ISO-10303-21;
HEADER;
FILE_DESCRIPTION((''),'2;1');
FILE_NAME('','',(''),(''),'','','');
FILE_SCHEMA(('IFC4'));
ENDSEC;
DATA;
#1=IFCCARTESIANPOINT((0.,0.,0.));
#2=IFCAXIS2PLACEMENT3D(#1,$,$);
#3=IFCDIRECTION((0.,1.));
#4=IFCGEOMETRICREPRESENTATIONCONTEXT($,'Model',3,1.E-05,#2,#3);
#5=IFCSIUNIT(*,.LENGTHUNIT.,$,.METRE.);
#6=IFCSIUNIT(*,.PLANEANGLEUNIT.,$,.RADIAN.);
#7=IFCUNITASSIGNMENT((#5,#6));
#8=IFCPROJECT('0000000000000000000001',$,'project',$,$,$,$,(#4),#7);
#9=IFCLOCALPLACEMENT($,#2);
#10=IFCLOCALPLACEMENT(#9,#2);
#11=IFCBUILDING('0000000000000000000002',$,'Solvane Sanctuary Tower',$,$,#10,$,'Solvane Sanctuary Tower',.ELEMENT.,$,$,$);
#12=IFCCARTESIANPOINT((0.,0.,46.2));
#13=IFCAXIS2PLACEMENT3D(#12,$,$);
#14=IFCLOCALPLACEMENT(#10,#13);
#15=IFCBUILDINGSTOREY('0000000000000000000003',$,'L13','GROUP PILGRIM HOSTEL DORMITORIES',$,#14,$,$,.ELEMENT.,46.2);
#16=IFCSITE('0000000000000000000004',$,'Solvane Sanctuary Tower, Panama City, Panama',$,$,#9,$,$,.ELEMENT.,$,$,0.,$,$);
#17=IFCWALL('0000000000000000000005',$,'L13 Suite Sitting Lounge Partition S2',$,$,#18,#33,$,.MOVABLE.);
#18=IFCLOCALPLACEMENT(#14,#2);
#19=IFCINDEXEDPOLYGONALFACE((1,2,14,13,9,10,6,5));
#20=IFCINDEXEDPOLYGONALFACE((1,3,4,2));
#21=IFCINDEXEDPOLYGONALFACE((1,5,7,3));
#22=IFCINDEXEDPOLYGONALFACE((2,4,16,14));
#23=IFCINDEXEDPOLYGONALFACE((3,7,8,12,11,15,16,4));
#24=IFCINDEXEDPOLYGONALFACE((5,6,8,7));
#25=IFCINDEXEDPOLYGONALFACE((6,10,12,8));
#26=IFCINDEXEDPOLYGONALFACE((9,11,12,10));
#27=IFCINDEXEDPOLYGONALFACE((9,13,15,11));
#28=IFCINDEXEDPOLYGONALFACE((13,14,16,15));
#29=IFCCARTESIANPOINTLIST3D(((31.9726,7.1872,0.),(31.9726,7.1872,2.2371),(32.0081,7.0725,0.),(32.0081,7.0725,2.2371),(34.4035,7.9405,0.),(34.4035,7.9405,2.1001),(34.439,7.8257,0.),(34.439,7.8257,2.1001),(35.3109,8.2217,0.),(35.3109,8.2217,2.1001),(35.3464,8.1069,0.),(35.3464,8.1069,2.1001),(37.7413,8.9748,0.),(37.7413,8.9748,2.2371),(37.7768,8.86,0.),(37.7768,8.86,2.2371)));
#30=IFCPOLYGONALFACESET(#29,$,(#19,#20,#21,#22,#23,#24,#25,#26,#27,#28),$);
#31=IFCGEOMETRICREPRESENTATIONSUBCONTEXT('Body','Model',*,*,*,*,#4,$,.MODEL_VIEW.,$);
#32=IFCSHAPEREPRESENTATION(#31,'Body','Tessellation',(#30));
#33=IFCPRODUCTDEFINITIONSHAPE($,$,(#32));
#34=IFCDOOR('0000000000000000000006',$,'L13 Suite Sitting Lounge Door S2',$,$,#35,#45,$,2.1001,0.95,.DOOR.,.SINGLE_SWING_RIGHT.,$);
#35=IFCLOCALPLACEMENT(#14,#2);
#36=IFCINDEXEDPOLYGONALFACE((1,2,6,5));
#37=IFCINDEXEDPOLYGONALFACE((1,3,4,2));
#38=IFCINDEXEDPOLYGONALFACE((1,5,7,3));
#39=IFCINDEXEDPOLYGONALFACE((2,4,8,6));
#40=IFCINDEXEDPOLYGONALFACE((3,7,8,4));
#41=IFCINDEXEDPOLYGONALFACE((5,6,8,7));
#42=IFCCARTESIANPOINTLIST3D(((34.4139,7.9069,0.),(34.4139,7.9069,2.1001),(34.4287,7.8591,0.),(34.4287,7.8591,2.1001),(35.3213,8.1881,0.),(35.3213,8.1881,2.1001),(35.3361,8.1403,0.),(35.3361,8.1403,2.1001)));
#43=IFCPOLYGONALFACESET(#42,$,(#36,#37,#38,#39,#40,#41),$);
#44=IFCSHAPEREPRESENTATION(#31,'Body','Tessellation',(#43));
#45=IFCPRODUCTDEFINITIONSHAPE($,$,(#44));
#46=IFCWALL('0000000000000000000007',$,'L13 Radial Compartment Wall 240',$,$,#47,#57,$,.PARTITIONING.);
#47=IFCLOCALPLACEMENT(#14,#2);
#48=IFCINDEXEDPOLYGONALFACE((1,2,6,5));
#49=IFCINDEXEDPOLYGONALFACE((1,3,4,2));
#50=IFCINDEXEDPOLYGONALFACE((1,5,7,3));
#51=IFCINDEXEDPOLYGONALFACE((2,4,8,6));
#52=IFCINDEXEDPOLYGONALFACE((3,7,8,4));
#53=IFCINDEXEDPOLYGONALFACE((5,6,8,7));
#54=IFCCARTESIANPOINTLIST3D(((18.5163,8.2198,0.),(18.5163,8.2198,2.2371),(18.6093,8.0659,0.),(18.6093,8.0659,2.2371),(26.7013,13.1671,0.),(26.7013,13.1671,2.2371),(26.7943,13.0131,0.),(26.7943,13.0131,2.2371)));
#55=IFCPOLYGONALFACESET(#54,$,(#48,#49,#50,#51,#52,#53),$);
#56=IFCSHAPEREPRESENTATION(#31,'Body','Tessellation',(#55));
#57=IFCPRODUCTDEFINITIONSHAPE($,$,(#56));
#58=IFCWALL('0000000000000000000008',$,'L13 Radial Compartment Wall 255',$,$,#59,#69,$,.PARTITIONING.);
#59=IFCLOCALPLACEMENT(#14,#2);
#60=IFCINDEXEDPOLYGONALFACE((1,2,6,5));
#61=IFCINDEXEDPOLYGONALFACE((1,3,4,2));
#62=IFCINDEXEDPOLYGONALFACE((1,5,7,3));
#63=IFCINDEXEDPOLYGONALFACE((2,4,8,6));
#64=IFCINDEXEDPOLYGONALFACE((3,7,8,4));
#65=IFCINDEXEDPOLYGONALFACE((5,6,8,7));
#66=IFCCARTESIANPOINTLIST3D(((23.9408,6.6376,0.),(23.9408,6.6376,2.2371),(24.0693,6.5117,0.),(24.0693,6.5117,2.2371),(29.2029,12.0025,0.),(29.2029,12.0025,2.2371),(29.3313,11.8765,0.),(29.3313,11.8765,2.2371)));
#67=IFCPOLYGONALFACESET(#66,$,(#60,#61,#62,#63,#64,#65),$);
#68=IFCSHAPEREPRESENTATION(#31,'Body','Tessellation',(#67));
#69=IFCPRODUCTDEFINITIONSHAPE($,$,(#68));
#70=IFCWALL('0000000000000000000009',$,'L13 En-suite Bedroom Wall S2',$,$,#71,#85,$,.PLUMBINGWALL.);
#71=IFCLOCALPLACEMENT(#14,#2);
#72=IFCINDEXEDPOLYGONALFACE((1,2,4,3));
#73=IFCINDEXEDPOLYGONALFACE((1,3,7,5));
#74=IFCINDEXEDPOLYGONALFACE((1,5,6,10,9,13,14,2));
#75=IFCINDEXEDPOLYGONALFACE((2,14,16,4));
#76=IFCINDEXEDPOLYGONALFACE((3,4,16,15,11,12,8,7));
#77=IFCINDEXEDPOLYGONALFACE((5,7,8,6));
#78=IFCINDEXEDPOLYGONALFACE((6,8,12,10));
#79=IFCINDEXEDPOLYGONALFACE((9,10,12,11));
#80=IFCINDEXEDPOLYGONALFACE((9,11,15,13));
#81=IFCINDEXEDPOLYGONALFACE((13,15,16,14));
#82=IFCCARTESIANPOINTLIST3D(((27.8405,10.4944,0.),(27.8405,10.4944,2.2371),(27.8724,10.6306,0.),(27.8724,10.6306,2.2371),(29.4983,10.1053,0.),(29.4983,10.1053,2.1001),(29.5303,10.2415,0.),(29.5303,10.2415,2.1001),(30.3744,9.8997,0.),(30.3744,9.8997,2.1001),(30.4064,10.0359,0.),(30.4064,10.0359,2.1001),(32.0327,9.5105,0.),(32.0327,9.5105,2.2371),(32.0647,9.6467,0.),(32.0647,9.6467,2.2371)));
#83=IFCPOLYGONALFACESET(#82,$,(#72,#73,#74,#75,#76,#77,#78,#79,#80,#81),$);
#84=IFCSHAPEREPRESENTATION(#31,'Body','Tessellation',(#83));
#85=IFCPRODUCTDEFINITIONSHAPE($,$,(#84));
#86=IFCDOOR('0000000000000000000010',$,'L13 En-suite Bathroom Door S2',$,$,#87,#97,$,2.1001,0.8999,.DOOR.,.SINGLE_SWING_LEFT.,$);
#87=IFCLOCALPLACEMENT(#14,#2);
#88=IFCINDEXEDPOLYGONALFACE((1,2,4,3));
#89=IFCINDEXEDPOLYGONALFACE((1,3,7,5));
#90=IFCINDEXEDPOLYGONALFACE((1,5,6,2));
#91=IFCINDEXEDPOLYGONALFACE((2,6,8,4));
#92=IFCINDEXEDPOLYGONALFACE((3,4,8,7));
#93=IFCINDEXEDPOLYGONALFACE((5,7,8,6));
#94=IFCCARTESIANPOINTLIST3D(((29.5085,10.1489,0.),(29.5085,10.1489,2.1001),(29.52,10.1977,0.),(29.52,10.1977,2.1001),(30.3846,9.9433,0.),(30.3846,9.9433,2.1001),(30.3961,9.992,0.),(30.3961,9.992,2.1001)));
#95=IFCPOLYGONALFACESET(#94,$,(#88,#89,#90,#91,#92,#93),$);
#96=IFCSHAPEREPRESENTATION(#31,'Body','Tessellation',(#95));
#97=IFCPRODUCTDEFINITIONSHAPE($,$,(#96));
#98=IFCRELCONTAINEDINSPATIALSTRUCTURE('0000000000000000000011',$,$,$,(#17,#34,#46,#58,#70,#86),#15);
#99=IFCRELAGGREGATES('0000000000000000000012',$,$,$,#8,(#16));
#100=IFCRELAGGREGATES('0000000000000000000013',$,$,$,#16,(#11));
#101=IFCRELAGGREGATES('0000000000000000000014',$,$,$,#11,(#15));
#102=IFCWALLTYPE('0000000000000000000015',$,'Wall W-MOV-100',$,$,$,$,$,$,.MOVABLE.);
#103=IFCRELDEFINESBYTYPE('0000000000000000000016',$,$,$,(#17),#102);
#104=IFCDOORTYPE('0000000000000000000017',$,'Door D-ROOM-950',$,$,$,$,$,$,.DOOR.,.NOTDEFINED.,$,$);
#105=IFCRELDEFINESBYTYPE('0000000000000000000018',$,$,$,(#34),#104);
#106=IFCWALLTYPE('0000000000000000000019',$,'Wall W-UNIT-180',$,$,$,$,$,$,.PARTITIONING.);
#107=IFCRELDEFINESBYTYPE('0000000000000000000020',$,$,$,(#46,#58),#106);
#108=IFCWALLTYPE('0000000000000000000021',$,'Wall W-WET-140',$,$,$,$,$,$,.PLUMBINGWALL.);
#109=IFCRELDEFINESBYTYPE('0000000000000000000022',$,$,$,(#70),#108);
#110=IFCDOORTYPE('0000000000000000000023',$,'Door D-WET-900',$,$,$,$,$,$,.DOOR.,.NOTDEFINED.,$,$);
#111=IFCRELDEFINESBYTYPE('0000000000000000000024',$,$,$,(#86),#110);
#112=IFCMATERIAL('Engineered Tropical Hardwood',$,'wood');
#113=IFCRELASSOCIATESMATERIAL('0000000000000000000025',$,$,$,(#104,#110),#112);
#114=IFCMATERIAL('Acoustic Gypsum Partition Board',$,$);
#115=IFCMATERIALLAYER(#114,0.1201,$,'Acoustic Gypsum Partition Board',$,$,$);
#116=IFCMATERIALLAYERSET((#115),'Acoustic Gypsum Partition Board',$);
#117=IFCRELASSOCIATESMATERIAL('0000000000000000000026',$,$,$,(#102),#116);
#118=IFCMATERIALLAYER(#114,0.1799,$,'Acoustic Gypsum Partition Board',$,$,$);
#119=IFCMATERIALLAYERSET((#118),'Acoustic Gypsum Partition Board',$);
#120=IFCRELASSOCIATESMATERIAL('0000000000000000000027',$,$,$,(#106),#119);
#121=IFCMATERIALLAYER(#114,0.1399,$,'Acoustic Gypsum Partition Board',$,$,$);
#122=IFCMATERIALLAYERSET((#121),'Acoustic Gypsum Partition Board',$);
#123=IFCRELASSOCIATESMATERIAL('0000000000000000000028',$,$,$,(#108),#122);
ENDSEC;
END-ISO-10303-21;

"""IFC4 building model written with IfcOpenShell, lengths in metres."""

from ifc_helpers import new_model, si_unit, direction, frame, frame_2d, origin, place, context, subcontext, project, spatial, rectangle, extrude, material, layer, layer_set, type_object, element, fill, save


model = new_model("IFC4")

# Units and contexts
model_context = context("Model", 3, precision=1e-05, world=origin(), true_north=direction((0.0, 1.0)))
body_context = subcontext(model_context, "Body", "Model", "MODEL_VIEW")
ifc_project = project(units=[si_unit("LENGTHUNIT", "METRE"), si_unit("PLANEANGLEUNIT", "RADIAN")], contexts=[model_context])

# Site, building, storey
site_placement = place(None, origin())
site = spatial("IfcSite", under=ifc_project, at=site_placement, Name="Solvane Sanctuary Tower, Panama City, Panama", CompositionType="ELEMENT", RefElevation=0.0)
building_placement = place(site_placement, origin())
building = spatial("IfcBuilding", under=site, at=building_placement, Name="Solvane Sanctuary Tower", LongName="Solvane Sanctuary Tower", CompositionType="ELEMENT")
storey_placement = place(building_placement, frame((0.0, 0.0, 46.2)))
storey = spatial("IfcBuildingStorey", under=building, at=storey_placement, Name="L13", Description="GROUP PILGRIM HOSTEL DORMITORIES", CompositionType="ELEMENT", Elevation=46.2)

# Shared definitions
ifc_material_1 = material(Name="Acoustic Gypsum Partition Board")

# Shared definitions
ifc_material_2 = material(Name="Engineered Tropical Hardwood", Category="wood")
door_type_1 = type_object("IfcDoorType", Name="Door D-ROOM-950", OperationType="NOTDEFINED", PredefinedType="DOOR", material=ifc_material_2)

# Shared definitions
ifc_layer_1 = layer(ifc_material_1, 0.1201, Name="Acoustic Gypsum Partition Board")
ifc_layer_set_1 = layer_set([ifc_layer_1], Name="Acoustic Gypsum Partition Board")
wall_type_1 = type_object("IfcWallType", Name="Wall W-MOV-100", PredefinedType="MOVABLE", material=ifc_layer_set_1)

# Wall, opening, door
wall_1_placement = place(storey_placement, frame((31.9905, 7.1299, 0.0), z_axis=(0.0, 0.0, 1.0), x_axis=(0.955192, 0.295988, 0.0)))
wall_1 = element("IfcWall", 1, at=wall_1_placement, inside=storey, type_object=wall_type_1, Name="L13 Suite Sitting Lounge Partition S2", PredefinedType="MOVABLE", context=body_context, shape_type="SweptSolid", body=[
    extrude(rectangle(XDim=6.0393, YDim=0.1201, at=frame_2d((3.0195, 0.0))), origin(), (0.0, 0.0, 1.0), 2.2371),
])
opening_1_placement = place(wall_1_placement, frame((2.5447, 0.0, 0.0)))
opening_1 = element("IfcOpeningElement", 2, at=opening_1_placement, cuts=wall_1, PredefinedType="OPENING", context=body_context, shape_type="SweptSolid", body=[
    extrude(rectangle(XDim=0.95, YDim=2.1001, at=frame_2d((0.4751, 1.05))), frame((0.0, 0.0701, 0.0), z_axis=(0.0, -1.0, 0.0), x_axis=(1.0, 0.0, 0.0)), (0.0, 0.0, 1.0), 0.1401),
])
door_1_placement = place(opening_1_placement, origin())
door_1 = element("IfcDoor", 3, at=door_1_placement, inside=storey, type_object=door_type_1, Name="L13 Suite Sitting Lounge Door S2", OperationType="SINGLE_SWING_RIGHT", OverallHeight=2.1001, OverallWidth=0.95, PredefinedType="DOOR", context=body_context, shape_type="SweptSolid", body=[
    extrude(rectangle(XDim=0.95, YDim=2.1001, at=frame_2d((0.4751, 1.05))), frame((0.0, 0.0249, 0.0), z_axis=(0.0, -1.0, 0.0), x_axis=(1.0, 0.0, 0.0)), (0.0, 0.0, 1.0), 0.05),
])
fill(opening_1, door_1)

# Walls
ifc_layer_2 = layer(ifc_material_1, 0.1799, Name="Acoustic Gypsum Partition Board")
ifc_layer_set_2 = layer_set([ifc_layer_2], Name="Acoustic Gypsum Partition Board")
wall_type_2 = type_object("IfcWallType", Name="Wall W-UNIT-180", PredefinedType="PARTITIONING", material=ifc_layer_set_2)
wall_2_placement = place(storey_placement, frame((26.7478, 13.0901, 0.0), z_axis=(0.0, 0.0, 1.0), x_axis=(-0.855817, -0.517278, 0.0)))
element("IfcWall", 4, at=wall_2_placement, inside=storey, type_object=wall_type_2, Name="L13 Radial Compartment Wall 240", PredefinedType="PARTITIONING", context=body_context, shape_type="SweptSolid", body=[
    extrude(rectangle(XDim=9.564, YDim=0.1799, at=frame_2d((4.782, 0.0))), origin(), (0.0, 0.0, 1.0), 2.2371),
])
wall_3_placement = place(storey_placement, frame((29.2671, 11.9395, 0.0), z_axis=(0.0, 0.0, 1.0), x_axis=(-0.700235, -0.713913, 0.0)))
element("IfcWall", 5, at=wall_3_placement, inside=storey, type_object=wall_type_2, Name="L13 Radial Compartment Wall 255", PredefinedType="PARTITIONING", context=body_context, shape_type="SweptSolid", body=[
    extrude(rectangle(XDim=7.5146, YDim=0.1799, at=frame_2d((3.7573, 0.0))), origin(), (0.0, 0.0, 1.0), 2.2371),
])

# Wall, opening, door
ifc_layer_3 = layer(ifc_material_1, 0.1399, Name="Acoustic Gypsum Partition Board")
ifc_layer_set_3 = layer_set([ifc_layer_3], Name="Acoustic Gypsum Partition Board")
wall_type_3 = type_object("IfcWallType", Name="Wall W-WET-140", PredefinedType="PLUMBINGWALL", material=ifc_layer_set_3)
wall_4_placement = place(storey_placement, frame((27.8564, 10.5625, 0.0), z_axis=(0.0, 0.0, 1.0), x_axis=(0.973546, -0.228489, 0.0)))
wall_4 = element("IfcWall", 6, at=wall_4_placement, inside=storey, type_object=wall_type_3, Name="L13 En-suite Bedroom Wall S2", PredefinedType="PLUMBINGWALL", context=body_context, shape_type="SweptSolid", body=[
    extrude(rectangle(XDim=4.3062, YDim=0.1399, at=frame_2d((2.1531, 0.0))), origin(), (0.0, 0.0, 1.0), 2.2371),
])
opening_2_placement = place(wall_4_placement, frame((1.7029, 0.0, 0.0)))
opening_2 = element("IfcOpeningElement", 7, at=opening_2_placement, cuts=wall_4, PredefinedType="OPENING", context=body_context, shape_type="SweptSolid", body=[
    extrude(rectangle(XDim=0.8999, YDim=2.1001, at=frame_2d((0.45, 1.05))), frame((0.0, 0.0798, 0.0), z_axis=(0.0, -1.0, 0.0), x_axis=(1.0, 0.0, 0.0)), (0.0, 0.0, 1.0), 0.1599),
])
door_type_2 = type_object("IfcDoorType", Name="Door D-WET-900", OperationType="NOTDEFINED", PredefinedType="DOOR", material=ifc_material_2)
door_2_placement = place(opening_2_placement, origin())
door_2 = element("IfcDoor", 8, at=door_2_placement, inside=storey, type_object=door_type_2, Name="L13 En-suite Bathroom Door S2", OperationType="SINGLE_SWING_LEFT", OverallHeight=2.1001, OverallWidth=0.8999, PredefinedType="DOOR", context=body_context, shape_type="SweptSolid", body=[
    extrude(rectangle(XDim=0.8999, YDim=2.1001, at=frame_2d((0.45, 1.05))), frame((0.0, 0.0249, 0.0), z_axis=(0.0, -1.0, 0.0), x_axis=(1.0, 0.0, 0.0)), (0.0, 0.0, 1.0), 0.05),
])
fill(opening_2, door_2)

save(model, "model.ifc")
